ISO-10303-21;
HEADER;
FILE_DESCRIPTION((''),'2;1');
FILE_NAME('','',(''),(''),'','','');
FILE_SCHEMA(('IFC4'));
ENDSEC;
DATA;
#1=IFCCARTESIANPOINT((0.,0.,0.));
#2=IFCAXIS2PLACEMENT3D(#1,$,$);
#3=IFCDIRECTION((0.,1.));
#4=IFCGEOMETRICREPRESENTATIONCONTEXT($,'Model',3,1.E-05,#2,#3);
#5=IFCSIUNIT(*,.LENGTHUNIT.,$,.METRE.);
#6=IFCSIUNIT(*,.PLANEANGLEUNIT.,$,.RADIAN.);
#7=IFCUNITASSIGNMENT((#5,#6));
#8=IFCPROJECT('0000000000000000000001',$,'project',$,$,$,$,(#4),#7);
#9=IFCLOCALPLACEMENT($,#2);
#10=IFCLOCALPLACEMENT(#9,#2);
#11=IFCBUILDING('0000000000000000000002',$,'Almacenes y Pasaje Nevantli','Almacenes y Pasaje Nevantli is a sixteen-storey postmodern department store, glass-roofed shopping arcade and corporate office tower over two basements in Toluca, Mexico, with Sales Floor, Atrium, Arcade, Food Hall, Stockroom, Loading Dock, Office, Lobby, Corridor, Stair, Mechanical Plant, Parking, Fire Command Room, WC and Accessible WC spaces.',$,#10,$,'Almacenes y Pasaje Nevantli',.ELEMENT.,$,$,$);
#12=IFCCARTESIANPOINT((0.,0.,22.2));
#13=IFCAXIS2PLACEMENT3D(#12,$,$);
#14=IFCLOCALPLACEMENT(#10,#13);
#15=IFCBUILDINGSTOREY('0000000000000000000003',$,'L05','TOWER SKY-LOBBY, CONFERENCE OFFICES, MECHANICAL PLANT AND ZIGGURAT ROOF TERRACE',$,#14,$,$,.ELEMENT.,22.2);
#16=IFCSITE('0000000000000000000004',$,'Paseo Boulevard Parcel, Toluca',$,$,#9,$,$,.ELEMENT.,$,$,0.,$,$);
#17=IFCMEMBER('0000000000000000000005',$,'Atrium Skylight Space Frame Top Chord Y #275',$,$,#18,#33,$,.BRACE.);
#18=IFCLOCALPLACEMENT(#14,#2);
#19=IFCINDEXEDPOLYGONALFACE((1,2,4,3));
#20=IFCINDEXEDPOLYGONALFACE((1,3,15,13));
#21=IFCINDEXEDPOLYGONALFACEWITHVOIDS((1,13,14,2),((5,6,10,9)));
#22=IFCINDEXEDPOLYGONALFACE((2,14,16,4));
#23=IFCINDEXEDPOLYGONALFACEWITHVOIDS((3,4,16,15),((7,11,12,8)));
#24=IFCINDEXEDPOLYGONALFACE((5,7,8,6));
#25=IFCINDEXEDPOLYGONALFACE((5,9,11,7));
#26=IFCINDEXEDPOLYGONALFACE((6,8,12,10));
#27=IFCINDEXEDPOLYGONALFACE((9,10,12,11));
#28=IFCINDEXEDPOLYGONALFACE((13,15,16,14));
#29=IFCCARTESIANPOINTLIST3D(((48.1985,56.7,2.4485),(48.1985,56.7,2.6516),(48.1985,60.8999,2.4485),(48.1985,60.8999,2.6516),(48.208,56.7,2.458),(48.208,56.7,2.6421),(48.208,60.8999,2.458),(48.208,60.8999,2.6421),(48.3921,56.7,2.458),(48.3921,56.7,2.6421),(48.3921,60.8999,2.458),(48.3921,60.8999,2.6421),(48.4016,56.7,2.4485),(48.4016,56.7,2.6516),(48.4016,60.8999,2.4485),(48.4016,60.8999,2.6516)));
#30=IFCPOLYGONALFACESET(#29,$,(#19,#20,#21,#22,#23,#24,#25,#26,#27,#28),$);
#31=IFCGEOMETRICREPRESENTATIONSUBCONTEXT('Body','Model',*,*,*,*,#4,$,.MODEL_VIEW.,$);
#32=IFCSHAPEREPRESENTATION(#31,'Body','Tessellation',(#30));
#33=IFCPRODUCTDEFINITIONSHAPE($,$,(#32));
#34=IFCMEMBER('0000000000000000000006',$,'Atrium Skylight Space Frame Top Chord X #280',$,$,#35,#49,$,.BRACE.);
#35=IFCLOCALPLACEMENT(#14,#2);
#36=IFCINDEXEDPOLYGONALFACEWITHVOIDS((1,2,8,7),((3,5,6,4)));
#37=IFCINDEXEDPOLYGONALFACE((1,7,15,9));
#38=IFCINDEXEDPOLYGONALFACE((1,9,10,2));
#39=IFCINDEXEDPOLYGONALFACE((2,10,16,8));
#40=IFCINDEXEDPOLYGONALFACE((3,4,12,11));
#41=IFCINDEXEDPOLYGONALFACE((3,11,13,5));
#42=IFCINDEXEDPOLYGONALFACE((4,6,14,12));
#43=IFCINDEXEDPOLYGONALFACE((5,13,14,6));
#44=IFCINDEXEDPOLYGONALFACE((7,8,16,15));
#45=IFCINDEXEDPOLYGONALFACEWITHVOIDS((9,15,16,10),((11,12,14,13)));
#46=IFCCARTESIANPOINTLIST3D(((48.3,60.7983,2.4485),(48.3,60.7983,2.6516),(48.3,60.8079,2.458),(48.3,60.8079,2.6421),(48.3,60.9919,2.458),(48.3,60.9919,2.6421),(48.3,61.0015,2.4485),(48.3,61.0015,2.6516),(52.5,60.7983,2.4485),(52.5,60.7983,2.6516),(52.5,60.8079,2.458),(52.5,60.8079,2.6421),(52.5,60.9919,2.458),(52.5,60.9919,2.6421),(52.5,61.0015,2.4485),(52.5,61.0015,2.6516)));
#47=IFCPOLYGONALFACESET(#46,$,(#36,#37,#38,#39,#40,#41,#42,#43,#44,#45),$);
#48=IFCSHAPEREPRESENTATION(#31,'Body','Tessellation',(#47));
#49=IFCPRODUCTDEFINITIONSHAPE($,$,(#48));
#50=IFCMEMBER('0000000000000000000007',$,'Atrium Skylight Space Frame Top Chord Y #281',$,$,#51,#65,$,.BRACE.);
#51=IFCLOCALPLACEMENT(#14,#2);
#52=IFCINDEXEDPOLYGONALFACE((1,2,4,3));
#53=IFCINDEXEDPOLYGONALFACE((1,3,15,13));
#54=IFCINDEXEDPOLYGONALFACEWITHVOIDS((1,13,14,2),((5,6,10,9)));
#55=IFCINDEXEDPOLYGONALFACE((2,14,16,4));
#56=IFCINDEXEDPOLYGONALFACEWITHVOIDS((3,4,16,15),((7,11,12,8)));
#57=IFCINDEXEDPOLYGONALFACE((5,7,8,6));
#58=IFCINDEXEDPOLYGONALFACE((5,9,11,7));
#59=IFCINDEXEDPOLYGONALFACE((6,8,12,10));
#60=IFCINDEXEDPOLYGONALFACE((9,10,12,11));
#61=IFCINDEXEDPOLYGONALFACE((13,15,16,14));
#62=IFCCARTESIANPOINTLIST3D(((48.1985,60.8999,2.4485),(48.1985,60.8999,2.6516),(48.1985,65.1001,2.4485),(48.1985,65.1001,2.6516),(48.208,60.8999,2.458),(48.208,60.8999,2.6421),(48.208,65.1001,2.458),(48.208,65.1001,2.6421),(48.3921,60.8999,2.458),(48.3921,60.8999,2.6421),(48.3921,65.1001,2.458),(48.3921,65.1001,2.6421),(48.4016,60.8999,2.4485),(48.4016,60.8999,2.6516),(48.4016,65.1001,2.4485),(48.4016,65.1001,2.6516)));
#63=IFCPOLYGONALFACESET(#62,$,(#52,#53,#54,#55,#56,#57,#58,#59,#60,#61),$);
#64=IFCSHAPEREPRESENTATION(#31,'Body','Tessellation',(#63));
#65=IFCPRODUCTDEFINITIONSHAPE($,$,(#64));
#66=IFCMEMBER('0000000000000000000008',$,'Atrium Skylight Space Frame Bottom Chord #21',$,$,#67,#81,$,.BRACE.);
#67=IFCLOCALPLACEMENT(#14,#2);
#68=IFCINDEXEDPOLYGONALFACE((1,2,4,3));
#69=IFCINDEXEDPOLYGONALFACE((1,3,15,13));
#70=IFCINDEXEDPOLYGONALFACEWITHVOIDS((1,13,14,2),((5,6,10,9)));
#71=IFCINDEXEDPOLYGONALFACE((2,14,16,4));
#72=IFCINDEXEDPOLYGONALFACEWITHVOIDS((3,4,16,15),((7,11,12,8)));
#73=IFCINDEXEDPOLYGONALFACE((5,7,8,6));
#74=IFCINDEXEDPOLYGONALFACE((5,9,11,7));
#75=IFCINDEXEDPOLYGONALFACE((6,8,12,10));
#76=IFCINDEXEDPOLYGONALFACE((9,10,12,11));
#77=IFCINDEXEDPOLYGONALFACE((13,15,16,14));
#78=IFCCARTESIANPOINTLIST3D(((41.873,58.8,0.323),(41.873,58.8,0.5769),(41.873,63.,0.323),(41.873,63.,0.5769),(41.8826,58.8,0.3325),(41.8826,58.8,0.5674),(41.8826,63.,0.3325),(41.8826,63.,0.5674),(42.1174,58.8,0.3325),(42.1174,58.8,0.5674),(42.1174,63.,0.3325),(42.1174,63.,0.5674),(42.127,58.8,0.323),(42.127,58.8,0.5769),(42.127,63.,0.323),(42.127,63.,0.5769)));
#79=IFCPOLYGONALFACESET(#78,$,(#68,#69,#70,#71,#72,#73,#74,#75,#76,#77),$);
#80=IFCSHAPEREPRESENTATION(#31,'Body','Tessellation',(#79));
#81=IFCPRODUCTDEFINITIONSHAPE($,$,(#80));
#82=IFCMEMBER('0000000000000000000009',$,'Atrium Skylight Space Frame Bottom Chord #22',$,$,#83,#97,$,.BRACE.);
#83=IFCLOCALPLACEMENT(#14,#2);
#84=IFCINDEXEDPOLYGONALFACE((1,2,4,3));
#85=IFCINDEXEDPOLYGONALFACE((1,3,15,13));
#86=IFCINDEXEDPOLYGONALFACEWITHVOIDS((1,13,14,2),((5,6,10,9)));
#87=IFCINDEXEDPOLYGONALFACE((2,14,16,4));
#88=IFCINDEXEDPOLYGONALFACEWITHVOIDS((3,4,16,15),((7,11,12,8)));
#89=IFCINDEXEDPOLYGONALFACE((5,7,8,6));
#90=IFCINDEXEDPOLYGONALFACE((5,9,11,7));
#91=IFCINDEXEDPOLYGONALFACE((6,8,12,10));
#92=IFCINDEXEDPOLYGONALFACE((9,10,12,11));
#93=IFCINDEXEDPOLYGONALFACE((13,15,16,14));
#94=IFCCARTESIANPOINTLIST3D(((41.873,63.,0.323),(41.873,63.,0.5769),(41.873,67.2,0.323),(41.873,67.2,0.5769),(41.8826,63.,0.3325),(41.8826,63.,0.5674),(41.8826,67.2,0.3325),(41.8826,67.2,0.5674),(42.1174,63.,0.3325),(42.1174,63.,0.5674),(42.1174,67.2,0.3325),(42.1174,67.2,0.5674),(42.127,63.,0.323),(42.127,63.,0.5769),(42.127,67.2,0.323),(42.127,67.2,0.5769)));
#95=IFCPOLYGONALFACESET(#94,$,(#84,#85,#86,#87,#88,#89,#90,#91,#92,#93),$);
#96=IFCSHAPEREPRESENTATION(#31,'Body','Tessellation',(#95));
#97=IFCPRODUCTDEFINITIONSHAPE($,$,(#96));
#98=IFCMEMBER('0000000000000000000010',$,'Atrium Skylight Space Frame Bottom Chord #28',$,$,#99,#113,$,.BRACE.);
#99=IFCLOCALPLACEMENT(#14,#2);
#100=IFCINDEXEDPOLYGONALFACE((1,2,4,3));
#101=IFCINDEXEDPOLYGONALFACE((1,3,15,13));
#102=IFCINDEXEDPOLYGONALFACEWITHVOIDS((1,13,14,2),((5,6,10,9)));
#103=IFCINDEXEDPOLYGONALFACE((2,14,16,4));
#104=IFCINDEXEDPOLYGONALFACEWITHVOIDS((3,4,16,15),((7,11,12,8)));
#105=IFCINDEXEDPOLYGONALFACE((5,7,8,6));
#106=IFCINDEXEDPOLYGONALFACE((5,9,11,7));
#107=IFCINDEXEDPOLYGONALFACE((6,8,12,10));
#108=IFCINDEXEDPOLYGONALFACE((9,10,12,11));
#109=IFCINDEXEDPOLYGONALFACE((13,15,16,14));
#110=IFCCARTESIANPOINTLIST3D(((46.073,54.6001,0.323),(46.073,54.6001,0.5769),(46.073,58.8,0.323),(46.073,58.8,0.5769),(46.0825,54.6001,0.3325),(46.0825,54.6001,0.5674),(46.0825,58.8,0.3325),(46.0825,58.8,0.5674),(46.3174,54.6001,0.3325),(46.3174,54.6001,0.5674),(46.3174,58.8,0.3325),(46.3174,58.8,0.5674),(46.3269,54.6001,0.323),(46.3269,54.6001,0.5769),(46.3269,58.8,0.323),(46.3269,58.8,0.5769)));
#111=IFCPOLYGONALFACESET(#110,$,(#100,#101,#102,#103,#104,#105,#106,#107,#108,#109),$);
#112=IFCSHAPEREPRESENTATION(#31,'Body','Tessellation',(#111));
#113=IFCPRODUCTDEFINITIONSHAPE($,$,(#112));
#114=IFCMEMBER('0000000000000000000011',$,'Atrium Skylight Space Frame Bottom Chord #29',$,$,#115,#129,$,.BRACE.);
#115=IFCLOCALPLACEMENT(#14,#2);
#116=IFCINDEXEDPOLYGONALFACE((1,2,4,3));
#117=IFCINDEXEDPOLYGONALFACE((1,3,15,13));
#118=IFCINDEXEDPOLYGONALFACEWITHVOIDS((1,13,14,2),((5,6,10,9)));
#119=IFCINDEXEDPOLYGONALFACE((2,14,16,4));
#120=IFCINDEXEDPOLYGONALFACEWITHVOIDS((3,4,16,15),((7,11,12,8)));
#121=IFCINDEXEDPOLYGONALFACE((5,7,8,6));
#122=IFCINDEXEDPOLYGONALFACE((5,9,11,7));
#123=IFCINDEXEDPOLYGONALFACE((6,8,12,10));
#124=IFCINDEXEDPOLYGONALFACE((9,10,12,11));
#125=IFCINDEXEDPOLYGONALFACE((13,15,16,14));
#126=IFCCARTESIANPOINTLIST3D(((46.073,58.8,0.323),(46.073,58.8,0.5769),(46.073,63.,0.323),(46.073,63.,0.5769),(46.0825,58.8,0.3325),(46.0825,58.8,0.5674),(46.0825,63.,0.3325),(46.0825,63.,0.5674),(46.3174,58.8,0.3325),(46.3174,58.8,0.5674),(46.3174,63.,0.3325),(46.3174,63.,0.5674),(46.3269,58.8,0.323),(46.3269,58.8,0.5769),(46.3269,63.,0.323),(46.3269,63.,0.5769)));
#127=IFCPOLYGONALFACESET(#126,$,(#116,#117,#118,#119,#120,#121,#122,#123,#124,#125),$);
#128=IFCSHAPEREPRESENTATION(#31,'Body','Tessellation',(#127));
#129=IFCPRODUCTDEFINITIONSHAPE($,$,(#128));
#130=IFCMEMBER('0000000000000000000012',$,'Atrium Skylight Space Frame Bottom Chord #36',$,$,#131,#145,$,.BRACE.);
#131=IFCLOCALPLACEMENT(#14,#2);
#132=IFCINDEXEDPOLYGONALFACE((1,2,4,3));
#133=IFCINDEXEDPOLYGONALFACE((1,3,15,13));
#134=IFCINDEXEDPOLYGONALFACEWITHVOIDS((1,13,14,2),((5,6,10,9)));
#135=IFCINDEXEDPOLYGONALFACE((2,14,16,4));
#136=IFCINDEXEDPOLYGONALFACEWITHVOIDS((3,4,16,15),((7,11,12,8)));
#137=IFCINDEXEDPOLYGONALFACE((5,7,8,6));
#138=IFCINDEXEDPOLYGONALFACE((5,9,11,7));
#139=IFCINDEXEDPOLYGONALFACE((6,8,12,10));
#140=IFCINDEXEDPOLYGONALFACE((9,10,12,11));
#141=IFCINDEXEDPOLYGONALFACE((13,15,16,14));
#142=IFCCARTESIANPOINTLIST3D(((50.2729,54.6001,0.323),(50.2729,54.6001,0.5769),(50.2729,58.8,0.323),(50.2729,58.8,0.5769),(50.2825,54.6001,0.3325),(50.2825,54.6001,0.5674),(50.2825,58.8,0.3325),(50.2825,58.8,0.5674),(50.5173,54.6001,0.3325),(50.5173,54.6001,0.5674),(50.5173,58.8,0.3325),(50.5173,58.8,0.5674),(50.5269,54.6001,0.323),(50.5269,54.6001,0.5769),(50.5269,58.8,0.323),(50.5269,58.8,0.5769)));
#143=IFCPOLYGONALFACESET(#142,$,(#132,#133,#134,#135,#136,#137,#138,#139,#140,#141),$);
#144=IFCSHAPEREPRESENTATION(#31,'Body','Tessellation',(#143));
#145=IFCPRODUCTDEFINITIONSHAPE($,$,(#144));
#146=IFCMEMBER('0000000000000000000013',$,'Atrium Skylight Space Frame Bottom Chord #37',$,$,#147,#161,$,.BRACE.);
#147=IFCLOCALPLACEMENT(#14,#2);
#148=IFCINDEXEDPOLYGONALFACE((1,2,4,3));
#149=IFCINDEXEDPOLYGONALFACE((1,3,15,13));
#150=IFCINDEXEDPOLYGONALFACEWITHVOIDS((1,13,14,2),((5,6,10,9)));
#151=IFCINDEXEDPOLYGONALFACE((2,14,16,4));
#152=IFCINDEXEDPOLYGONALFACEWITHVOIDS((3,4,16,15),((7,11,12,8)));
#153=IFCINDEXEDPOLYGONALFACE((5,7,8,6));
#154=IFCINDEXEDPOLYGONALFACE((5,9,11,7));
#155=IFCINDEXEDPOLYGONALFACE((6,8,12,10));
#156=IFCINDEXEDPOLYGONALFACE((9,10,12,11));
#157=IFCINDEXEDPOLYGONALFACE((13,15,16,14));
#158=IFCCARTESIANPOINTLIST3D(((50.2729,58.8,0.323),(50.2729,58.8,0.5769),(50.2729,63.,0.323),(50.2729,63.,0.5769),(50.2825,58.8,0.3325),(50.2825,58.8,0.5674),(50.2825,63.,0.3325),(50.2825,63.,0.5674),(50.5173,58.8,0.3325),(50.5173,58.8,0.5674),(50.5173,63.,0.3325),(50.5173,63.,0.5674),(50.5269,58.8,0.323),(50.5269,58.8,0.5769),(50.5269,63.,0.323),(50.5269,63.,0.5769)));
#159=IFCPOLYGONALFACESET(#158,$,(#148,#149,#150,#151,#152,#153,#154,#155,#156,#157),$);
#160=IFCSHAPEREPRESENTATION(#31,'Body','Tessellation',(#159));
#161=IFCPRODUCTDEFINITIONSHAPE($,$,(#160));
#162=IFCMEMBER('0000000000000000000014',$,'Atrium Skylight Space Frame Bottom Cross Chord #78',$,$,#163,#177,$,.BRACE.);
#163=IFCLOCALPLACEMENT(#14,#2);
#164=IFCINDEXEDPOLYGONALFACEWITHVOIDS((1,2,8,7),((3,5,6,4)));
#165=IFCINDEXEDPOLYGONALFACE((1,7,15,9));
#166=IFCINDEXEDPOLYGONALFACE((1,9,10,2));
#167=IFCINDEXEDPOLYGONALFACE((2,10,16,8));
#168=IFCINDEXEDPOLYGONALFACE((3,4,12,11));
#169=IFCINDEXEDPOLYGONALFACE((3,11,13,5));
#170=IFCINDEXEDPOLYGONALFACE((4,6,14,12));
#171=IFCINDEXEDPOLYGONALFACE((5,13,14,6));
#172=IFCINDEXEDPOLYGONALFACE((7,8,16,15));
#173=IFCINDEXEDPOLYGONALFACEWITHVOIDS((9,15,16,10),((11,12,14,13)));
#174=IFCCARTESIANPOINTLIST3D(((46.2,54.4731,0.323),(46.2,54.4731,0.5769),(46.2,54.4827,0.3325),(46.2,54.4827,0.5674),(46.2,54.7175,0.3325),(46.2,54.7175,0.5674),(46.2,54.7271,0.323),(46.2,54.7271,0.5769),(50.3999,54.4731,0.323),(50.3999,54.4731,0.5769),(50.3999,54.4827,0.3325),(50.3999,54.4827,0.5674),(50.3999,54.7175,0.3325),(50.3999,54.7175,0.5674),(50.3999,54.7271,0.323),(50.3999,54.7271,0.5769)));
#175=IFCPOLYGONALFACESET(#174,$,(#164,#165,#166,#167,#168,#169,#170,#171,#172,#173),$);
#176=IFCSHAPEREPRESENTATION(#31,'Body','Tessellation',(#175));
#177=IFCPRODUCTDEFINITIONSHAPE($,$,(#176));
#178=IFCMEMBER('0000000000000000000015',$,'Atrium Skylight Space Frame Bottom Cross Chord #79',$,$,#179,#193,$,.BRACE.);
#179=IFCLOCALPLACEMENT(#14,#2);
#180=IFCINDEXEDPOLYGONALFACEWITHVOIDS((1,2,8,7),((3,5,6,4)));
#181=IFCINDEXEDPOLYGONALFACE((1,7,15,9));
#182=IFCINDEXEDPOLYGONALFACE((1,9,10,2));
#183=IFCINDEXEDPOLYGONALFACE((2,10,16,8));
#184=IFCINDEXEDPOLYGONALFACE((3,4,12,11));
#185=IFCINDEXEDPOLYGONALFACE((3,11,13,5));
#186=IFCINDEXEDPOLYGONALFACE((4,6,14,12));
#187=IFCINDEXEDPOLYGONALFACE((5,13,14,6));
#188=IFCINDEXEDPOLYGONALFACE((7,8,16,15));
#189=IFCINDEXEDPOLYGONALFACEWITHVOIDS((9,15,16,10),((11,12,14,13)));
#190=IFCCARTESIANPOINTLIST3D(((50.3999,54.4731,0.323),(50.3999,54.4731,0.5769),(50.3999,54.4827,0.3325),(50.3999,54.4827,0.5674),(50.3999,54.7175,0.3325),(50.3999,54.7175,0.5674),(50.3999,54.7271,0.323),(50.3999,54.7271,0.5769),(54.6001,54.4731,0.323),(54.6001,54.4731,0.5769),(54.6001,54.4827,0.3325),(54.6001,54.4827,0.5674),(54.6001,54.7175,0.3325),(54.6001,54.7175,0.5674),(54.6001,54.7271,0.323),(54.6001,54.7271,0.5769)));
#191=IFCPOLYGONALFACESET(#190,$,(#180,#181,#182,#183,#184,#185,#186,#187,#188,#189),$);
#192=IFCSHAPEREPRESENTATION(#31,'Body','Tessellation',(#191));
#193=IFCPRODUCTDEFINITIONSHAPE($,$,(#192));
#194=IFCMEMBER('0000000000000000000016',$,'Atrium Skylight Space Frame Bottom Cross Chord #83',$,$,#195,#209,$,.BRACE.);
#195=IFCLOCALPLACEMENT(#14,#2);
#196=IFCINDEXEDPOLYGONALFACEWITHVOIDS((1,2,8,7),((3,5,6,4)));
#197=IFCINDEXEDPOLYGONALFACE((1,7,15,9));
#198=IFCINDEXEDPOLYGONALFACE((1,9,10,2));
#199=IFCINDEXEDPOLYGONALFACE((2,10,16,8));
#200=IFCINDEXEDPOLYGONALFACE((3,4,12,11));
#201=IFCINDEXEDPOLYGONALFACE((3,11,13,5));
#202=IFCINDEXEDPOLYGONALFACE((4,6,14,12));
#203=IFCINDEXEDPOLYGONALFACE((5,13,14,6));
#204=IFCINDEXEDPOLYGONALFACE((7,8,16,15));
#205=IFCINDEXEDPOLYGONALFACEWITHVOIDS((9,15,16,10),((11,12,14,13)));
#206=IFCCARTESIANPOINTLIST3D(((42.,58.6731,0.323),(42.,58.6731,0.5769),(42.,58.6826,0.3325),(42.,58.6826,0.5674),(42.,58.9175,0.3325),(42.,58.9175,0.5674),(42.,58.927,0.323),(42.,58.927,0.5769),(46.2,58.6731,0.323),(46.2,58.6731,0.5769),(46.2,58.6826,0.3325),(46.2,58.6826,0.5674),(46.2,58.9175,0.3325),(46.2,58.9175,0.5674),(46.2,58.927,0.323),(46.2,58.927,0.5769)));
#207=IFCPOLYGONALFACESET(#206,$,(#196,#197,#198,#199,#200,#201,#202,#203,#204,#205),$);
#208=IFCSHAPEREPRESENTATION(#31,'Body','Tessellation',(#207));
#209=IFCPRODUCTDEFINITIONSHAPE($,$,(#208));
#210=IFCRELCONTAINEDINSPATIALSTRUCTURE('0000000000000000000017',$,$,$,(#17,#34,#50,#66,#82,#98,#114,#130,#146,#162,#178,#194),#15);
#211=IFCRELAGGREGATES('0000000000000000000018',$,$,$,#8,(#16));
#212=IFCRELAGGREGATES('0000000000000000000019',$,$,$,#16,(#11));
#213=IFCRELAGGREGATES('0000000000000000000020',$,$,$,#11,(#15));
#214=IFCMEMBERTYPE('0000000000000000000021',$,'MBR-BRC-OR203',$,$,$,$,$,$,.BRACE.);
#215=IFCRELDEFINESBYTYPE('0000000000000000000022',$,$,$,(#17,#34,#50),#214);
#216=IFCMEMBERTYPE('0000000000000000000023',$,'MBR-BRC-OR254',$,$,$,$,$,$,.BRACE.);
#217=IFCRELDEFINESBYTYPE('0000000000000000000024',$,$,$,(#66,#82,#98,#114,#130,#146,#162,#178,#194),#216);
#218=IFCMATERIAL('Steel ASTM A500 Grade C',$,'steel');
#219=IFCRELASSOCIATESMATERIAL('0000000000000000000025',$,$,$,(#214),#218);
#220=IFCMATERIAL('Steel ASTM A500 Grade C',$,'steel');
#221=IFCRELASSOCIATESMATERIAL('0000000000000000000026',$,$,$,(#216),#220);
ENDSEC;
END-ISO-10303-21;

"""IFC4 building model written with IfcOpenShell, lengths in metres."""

from ifc_helpers import new_model, si_unit, direction, frame, origin, origin_2d, place, context, subcontext, project, spatial, hollow_rectangle, extrude, material, material_profile, profile_set, type_object, element, save


model = new_model("IFC4")

# Units and contexts
model_context = context("Model", 3, precision=1e-05, world=origin(), true_north=direction((0.0, 1.0)))
body_context = subcontext(model_context, "Body", "Model", "MODEL_VIEW")
ifc_project = project(units=[si_unit("LENGTHUNIT", "METRE"), si_unit("PLANEANGLEUNIT", "RADIAN")], contexts=[model_context])

# Site, building, storey
site_placement = place(None, origin())
site = spatial("IfcSite", under=ifc_project, at=site_placement, Name="Paseo Boulevard Parcel, Toluca", CompositionType="ELEMENT", RefElevation=0.0)
building_placement = place(site_placement, origin())
building = spatial("IfcBuilding", under=site, at=building_placement, Name="Almacenes y Pasaje Nevantli", Description="Almacenes y Pasaje Nevantli is a sixteen-storey postmodern department store, glass-roofed shopping arcade and corporate office tower over two basements in Toluca, Mexico, with Sales Floor, Atrium, Arcade, Food Hall, Stockroom, Loading Dock, Office, Lobby, Corridor, Stair, Mechanical Plant, Parking, Fire Command Room, WC and Accessible WC spaces.", LongName="Almacenes y Pasaje Nevantli", CompositionType="ELEMENT")
storey_placement = place(building_placement, frame((0.0, 0.0, 22.2)))
storey = spatial("IfcBuildingStorey", under=building, at=storey_placement, Name="L05", Description="TOWER SKY-LOBBY, CONFERENCE OFFICES, MECHANICAL PLANT AND ZIGGURAT ROOF TERRACE", CompositionType="ELEMENT", Elevation=22.2)

# Members
ifc_material_1 = material(Name="Steel ASTM A500 Grade C", Category="steel")
ifc_material_profile_1 = material_profile(ifc_material_1, hollow_rectangle(XDim=0.2031, YDim=0.2031, WallThickness=0.0095, at=origin_2d()), Name="OR 203x203x9.5")
ifc_profile_set_1 = profile_set([ifc_material_profile_1], Name="Steel ASTM A500 Grade C")
member_type_1 = type_object("IfcMemberType", Name="MBR-BRC-OR203", PredefinedType="BRACE", material=ifc_profile_set_1)
for number, where, z_axis, x_axis, name in (
    (1, (48.3, 56.7, 2.55), (0.0, 1.0, 0.0), (-1.0, 0.0, 0.0), "Atrium Skylight Space Frame Top Chord Y #275"),
    (2, (48.3, 60.8999, 2.55), (1.0, 0.0, 0.0), (0.0, 1.0, 0.0), "Atrium Skylight Space Frame Top Chord X #280"),
):
    element("IfcMember", number, at=place(storey_placement, frame(where, z_axis=z_axis, x_axis=x_axis)), inside=storey, type_object=member_type_1, Name=name, PredefinedType="BRACE", context=body_context, shape_type="SweptSolid", body=[
        extrude(hollow_rectangle(XDim=0.2031, YDim=0.2031, WallThickness=0.0095, at=origin_2d()), origin(), (0.0, 0.0, 1.0), 4.2),
    ])
member_1_placement = place(storey_placement, frame((48.3, 60.8999, 2.55), z_axis=(0.0, 1.0, 0.0), x_axis=(-1.0, 0.0, 0.0)))
element("IfcMember", 3, at=member_1_placement, inside=storey, type_object=member_type_1, Name="Atrium Skylight Space Frame Top Chord Y #281", PredefinedType="BRACE", context=body_context, shape_type="SweptSolid", body=[
    extrude(hollow_rectangle(XDim=0.2031, YDim=0.2031, WallThickness=0.0095, at=origin_2d()), origin(), (0.0, 0.0, 1.0), 4.2002),
])
ifc_material_2 = material(Name="Steel ASTM A500 Grade C", Category="steel")
ifc_material_profile_2 = material_profile(ifc_material_2, hollow_rectangle(XDim=0.2539, YDim=0.2539, WallThickness=0.0095, at=origin_2d()), Name="OR 254x254x9.5")
ifc_profile_set_2 = profile_set([ifc_material_profile_2], Name="Steel ASTM A500 Grade C")
member_type_2 = type_object("IfcMemberType", Name="MBR-BRC-OR254", PredefinedType="BRACE", material=ifc_profile_set_2)
for number, where, z_axis, x_axis, name in (
    (4, (42.0, 58.8, 0.45), (0.0, 1.0, 0.0), (-1.0, 0.0, 0.0), "Atrium Skylight Space Frame Bottom Chord #21"),
    (5, (42.0, 63.0, 0.45), (0.0, 1.0, 0.0), (-1.0, 0.0, 0.0), "Atrium Skylight Space Frame Bottom Chord #22"),
    (6, (46.2, 54.6001, 0.45), (0.0, 1.0, 0.0), (-1.0, 0.0, 0.0), "Atrium Skylight Space Frame Bottom Chord #28"),
    (7, (46.2, 58.8, 0.45), (0.0, 1.0, 0.0), (-1.0, 0.0, 0.0), "Atrium Skylight Space Frame Bottom Chord #29"),
    (8, (50.3999, 54.6001, 0.45), (0.0, 1.0, 0.0), (-1.0, 0.0, 0.0), "Atrium Skylight Space Frame Bottom Chord #36"),
    (9, (50.3999, 58.8, 0.45), (0.0, 1.0, 0.0), (-1.0, 0.0, 0.0), "Atrium Skylight Space Frame Bottom Chord #37"),
    (10, (46.2, 54.6001, 0.45), (1.0, 0.0, 0.0), (0.0, 1.0, 0.0), "Atrium Skylight Space Frame Bottom Cross Chord #78"),
):
    element("IfcMember", number, at=place(storey_placement, frame(where, z_axis=z_axis, x_axis=x_axis)), inside=storey, type_object=member_type_2, Name=name, PredefinedType="BRACE", context=body_context, shape_type="SweptSolid", body=[
        extrude(hollow_rectangle(XDim=0.2539, YDim=0.2539, WallThickness=0.0095, at=origin_2d()), origin(), (0.0, 0.0, 1.0), 4.2),
    ])
member_2_placement = place(storey_placement, frame((50.3999, 54.6001, 0.45), z_axis=(1.0, 0.0, 0.0), x_axis=(0.0, 1.0, 0.0)))
element("IfcMember", 11, at=member_2_placement, inside=storey, type_object=member_type_2, Name="Atrium Skylight Space Frame Bottom Cross Chord #79", PredefinedType="BRACE", context=body_context, shape_type="SweptSolid", body=[
    extrude(hollow_rectangle(XDim=0.2539, YDim=0.2539, WallThickness=0.0095, at=origin_2d()), origin(), (0.0, 0.0, 1.0), 4.2002),
])
for number, where, z_axis, x_axis, name in (
    (12, (42.0, 58.8, 0.45), (1.0, 0.0, 0.0), (0.0, 1.0, 0.0), "Atrium Skylight Space Frame Bottom Cross Chord #83"),
):
    element("IfcMember", number, at=place(storey_placement, frame(where, z_axis=z_axis, x_axis=x_axis)), inside=storey, type_object=member_type_2, Name=name, PredefinedType="BRACE", context=body_context, shape_type="SweptSolid", body=[
        extrude(hollow_rectangle(XDim=0.2539, YDim=0.2539, WallThickness=0.0095, at=origin_2d()), origin(), (0.0, 0.0, 1.0), 4.2),
    ])

save(model, "model.ifc")
